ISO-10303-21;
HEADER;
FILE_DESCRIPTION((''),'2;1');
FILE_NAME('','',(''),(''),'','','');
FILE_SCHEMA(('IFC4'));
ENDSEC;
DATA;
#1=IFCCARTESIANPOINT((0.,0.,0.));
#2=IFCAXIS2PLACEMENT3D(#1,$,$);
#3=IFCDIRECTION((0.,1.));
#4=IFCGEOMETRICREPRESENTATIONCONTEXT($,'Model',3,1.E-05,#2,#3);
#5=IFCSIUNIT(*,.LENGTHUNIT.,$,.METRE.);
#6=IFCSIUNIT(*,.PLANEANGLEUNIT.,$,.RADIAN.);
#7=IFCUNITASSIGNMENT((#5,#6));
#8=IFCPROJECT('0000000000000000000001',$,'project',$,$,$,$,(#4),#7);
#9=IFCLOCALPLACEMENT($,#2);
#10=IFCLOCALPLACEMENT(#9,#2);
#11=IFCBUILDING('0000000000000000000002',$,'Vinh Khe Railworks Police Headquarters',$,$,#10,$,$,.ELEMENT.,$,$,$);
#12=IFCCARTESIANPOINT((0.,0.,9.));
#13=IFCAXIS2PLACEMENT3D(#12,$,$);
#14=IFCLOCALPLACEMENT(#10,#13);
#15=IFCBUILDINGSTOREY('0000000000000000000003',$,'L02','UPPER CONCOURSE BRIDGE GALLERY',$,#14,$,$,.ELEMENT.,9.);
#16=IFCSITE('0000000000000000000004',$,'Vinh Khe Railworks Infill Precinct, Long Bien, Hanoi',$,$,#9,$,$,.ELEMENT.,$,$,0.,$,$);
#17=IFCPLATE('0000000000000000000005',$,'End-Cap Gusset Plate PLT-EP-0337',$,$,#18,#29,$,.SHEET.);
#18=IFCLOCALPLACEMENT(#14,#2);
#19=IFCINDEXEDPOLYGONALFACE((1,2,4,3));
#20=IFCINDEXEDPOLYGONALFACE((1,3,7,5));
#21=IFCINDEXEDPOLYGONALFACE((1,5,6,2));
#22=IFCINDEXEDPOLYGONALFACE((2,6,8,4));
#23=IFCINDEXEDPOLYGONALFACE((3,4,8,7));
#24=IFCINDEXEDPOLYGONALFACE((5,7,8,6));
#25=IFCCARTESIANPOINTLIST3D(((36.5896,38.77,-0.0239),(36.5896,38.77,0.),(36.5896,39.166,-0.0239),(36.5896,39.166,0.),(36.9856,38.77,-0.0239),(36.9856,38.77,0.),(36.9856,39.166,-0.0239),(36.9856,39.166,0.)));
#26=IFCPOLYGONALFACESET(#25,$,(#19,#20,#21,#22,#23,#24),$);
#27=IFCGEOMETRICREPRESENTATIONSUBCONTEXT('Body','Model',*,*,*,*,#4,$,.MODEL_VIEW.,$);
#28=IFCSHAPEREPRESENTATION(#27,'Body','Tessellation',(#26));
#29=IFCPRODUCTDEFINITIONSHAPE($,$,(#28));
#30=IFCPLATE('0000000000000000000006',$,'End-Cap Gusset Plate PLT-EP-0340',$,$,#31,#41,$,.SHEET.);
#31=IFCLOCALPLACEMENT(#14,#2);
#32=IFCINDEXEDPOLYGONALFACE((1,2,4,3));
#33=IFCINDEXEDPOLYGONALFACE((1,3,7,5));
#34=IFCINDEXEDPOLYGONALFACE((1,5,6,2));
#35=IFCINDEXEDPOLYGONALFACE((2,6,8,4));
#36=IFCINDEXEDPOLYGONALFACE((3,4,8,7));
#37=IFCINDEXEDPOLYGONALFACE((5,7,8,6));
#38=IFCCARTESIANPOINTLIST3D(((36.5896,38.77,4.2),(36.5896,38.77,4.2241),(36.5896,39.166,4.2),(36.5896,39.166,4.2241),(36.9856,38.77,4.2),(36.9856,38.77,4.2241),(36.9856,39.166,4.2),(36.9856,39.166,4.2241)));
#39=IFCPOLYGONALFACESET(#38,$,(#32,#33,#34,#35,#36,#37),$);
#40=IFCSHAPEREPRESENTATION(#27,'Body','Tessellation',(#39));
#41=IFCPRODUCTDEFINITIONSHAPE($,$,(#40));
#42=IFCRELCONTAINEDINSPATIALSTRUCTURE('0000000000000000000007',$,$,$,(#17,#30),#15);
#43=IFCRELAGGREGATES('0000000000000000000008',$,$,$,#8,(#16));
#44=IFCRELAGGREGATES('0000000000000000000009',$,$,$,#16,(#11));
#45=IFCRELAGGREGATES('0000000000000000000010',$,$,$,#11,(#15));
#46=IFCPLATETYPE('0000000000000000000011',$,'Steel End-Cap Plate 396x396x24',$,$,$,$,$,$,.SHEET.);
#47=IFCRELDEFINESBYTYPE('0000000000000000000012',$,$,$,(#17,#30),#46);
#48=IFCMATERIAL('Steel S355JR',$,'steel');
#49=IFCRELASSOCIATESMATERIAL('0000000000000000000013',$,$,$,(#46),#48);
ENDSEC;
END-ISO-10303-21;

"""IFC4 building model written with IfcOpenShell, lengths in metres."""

from ifc_helpers import new_model, si_unit, direction, frame, origin, origin_2d, place, context, subcontext, project, spatial, rectangle, extrude, material, material_profile, profile_set, type_object, element, save


model = new_model("IFC4")

# Units and contexts
model_context = context("Model", 3, precision=1e-05, world=origin(), true_north=direction((0.0, 1.0)))
body_context = subcontext(model_context, "Body", "Model", "MODEL_VIEW")
ifc_project = project(units=[si_unit("LENGTHUNIT", "METRE"), si_unit("PLANEANGLEUNIT", "RADIAN")], contexts=[model_context])

# Site, building, storey
site_placement = place(None, origin())
site = spatial("IfcSite", under=ifc_project, at=site_placement, Name="Vinh Khe Railworks Infill Precinct, Long Bien, Hanoi", CompositionType="ELEMENT", RefElevation=0.0)
building_placement = place(site_placement, origin())
building = spatial("IfcBuilding", under=site, at=building_placement, Name="Vinh Khe Railworks Police Headquarters", CompositionType="ELEMENT")
storey_placement = place(building_placement, frame((0.0, 0.0, 9.0)))
storey = spatial("IfcBuildingStorey", under=building, at=storey_placement, Name="L02", Description="UPPER CONCOURSE BRIDGE GALLERY", CompositionType="ELEMENT", Elevation=9.0)

# Shared definitions
ifc_material_1 = material(Name="Steel S355JR", Category="steel")

# Plates
ifc_material_profile_1 = material_profile(ifc_material_1, rectangle(XDim=0.396, YDim=0.396, at=origin_2d()), Name="PL 396x396")
ifc_profile_set_1 = profile_set([ifc_material_profile_1], Name="Steel S355JR")
plate_type_1 = type_object("IfcPlateType", Name="Steel End-Cap Plate 396x396x24", PredefinedType="SHEET", material=ifc_profile_set_1)
plate_1_placement = place(storey_placement, frame((36.7876, 38.968, 0.0), z_axis=(0.0, 0.0, -1.0), x_axis=(1.0, 0.0, 0.0)))
element("IfcPlate", 1, at=plate_1_placement, inside=storey, type_object=plate_type_1, Name="End-Cap Gusset Plate PLT-EP-0337", PredefinedType="SHEET", context=body_context, shape_type="SweptSolid", body=[
    extrude(rectangle(XDim=0.396, YDim=0.396, at=origin_2d()), origin(), (0.0, 0.0, 1.0), 0.0239),
])
plate_2_placement = place(storey_placement, frame((36.7876, 38.968, 4.2), z_axis=(0.0, 0.0, 1.0), x_axis=(1.0, 0.0, 0.0)))
element("IfcPlate", 2, at=plate_2_placement, inside=storey, type_object=plate_type_1, Name="End-Cap Gusset Plate PLT-EP-0340", PredefinedType="SHEET", context=body_context, shape_type="SweptSolid", body=[
    extrude(rectangle(XDim=0.396, YDim=0.396, at=origin_2d()), origin(), (0.0, 0.0, 1.0), 0.0242),
])

save(model, "model.ifc")
